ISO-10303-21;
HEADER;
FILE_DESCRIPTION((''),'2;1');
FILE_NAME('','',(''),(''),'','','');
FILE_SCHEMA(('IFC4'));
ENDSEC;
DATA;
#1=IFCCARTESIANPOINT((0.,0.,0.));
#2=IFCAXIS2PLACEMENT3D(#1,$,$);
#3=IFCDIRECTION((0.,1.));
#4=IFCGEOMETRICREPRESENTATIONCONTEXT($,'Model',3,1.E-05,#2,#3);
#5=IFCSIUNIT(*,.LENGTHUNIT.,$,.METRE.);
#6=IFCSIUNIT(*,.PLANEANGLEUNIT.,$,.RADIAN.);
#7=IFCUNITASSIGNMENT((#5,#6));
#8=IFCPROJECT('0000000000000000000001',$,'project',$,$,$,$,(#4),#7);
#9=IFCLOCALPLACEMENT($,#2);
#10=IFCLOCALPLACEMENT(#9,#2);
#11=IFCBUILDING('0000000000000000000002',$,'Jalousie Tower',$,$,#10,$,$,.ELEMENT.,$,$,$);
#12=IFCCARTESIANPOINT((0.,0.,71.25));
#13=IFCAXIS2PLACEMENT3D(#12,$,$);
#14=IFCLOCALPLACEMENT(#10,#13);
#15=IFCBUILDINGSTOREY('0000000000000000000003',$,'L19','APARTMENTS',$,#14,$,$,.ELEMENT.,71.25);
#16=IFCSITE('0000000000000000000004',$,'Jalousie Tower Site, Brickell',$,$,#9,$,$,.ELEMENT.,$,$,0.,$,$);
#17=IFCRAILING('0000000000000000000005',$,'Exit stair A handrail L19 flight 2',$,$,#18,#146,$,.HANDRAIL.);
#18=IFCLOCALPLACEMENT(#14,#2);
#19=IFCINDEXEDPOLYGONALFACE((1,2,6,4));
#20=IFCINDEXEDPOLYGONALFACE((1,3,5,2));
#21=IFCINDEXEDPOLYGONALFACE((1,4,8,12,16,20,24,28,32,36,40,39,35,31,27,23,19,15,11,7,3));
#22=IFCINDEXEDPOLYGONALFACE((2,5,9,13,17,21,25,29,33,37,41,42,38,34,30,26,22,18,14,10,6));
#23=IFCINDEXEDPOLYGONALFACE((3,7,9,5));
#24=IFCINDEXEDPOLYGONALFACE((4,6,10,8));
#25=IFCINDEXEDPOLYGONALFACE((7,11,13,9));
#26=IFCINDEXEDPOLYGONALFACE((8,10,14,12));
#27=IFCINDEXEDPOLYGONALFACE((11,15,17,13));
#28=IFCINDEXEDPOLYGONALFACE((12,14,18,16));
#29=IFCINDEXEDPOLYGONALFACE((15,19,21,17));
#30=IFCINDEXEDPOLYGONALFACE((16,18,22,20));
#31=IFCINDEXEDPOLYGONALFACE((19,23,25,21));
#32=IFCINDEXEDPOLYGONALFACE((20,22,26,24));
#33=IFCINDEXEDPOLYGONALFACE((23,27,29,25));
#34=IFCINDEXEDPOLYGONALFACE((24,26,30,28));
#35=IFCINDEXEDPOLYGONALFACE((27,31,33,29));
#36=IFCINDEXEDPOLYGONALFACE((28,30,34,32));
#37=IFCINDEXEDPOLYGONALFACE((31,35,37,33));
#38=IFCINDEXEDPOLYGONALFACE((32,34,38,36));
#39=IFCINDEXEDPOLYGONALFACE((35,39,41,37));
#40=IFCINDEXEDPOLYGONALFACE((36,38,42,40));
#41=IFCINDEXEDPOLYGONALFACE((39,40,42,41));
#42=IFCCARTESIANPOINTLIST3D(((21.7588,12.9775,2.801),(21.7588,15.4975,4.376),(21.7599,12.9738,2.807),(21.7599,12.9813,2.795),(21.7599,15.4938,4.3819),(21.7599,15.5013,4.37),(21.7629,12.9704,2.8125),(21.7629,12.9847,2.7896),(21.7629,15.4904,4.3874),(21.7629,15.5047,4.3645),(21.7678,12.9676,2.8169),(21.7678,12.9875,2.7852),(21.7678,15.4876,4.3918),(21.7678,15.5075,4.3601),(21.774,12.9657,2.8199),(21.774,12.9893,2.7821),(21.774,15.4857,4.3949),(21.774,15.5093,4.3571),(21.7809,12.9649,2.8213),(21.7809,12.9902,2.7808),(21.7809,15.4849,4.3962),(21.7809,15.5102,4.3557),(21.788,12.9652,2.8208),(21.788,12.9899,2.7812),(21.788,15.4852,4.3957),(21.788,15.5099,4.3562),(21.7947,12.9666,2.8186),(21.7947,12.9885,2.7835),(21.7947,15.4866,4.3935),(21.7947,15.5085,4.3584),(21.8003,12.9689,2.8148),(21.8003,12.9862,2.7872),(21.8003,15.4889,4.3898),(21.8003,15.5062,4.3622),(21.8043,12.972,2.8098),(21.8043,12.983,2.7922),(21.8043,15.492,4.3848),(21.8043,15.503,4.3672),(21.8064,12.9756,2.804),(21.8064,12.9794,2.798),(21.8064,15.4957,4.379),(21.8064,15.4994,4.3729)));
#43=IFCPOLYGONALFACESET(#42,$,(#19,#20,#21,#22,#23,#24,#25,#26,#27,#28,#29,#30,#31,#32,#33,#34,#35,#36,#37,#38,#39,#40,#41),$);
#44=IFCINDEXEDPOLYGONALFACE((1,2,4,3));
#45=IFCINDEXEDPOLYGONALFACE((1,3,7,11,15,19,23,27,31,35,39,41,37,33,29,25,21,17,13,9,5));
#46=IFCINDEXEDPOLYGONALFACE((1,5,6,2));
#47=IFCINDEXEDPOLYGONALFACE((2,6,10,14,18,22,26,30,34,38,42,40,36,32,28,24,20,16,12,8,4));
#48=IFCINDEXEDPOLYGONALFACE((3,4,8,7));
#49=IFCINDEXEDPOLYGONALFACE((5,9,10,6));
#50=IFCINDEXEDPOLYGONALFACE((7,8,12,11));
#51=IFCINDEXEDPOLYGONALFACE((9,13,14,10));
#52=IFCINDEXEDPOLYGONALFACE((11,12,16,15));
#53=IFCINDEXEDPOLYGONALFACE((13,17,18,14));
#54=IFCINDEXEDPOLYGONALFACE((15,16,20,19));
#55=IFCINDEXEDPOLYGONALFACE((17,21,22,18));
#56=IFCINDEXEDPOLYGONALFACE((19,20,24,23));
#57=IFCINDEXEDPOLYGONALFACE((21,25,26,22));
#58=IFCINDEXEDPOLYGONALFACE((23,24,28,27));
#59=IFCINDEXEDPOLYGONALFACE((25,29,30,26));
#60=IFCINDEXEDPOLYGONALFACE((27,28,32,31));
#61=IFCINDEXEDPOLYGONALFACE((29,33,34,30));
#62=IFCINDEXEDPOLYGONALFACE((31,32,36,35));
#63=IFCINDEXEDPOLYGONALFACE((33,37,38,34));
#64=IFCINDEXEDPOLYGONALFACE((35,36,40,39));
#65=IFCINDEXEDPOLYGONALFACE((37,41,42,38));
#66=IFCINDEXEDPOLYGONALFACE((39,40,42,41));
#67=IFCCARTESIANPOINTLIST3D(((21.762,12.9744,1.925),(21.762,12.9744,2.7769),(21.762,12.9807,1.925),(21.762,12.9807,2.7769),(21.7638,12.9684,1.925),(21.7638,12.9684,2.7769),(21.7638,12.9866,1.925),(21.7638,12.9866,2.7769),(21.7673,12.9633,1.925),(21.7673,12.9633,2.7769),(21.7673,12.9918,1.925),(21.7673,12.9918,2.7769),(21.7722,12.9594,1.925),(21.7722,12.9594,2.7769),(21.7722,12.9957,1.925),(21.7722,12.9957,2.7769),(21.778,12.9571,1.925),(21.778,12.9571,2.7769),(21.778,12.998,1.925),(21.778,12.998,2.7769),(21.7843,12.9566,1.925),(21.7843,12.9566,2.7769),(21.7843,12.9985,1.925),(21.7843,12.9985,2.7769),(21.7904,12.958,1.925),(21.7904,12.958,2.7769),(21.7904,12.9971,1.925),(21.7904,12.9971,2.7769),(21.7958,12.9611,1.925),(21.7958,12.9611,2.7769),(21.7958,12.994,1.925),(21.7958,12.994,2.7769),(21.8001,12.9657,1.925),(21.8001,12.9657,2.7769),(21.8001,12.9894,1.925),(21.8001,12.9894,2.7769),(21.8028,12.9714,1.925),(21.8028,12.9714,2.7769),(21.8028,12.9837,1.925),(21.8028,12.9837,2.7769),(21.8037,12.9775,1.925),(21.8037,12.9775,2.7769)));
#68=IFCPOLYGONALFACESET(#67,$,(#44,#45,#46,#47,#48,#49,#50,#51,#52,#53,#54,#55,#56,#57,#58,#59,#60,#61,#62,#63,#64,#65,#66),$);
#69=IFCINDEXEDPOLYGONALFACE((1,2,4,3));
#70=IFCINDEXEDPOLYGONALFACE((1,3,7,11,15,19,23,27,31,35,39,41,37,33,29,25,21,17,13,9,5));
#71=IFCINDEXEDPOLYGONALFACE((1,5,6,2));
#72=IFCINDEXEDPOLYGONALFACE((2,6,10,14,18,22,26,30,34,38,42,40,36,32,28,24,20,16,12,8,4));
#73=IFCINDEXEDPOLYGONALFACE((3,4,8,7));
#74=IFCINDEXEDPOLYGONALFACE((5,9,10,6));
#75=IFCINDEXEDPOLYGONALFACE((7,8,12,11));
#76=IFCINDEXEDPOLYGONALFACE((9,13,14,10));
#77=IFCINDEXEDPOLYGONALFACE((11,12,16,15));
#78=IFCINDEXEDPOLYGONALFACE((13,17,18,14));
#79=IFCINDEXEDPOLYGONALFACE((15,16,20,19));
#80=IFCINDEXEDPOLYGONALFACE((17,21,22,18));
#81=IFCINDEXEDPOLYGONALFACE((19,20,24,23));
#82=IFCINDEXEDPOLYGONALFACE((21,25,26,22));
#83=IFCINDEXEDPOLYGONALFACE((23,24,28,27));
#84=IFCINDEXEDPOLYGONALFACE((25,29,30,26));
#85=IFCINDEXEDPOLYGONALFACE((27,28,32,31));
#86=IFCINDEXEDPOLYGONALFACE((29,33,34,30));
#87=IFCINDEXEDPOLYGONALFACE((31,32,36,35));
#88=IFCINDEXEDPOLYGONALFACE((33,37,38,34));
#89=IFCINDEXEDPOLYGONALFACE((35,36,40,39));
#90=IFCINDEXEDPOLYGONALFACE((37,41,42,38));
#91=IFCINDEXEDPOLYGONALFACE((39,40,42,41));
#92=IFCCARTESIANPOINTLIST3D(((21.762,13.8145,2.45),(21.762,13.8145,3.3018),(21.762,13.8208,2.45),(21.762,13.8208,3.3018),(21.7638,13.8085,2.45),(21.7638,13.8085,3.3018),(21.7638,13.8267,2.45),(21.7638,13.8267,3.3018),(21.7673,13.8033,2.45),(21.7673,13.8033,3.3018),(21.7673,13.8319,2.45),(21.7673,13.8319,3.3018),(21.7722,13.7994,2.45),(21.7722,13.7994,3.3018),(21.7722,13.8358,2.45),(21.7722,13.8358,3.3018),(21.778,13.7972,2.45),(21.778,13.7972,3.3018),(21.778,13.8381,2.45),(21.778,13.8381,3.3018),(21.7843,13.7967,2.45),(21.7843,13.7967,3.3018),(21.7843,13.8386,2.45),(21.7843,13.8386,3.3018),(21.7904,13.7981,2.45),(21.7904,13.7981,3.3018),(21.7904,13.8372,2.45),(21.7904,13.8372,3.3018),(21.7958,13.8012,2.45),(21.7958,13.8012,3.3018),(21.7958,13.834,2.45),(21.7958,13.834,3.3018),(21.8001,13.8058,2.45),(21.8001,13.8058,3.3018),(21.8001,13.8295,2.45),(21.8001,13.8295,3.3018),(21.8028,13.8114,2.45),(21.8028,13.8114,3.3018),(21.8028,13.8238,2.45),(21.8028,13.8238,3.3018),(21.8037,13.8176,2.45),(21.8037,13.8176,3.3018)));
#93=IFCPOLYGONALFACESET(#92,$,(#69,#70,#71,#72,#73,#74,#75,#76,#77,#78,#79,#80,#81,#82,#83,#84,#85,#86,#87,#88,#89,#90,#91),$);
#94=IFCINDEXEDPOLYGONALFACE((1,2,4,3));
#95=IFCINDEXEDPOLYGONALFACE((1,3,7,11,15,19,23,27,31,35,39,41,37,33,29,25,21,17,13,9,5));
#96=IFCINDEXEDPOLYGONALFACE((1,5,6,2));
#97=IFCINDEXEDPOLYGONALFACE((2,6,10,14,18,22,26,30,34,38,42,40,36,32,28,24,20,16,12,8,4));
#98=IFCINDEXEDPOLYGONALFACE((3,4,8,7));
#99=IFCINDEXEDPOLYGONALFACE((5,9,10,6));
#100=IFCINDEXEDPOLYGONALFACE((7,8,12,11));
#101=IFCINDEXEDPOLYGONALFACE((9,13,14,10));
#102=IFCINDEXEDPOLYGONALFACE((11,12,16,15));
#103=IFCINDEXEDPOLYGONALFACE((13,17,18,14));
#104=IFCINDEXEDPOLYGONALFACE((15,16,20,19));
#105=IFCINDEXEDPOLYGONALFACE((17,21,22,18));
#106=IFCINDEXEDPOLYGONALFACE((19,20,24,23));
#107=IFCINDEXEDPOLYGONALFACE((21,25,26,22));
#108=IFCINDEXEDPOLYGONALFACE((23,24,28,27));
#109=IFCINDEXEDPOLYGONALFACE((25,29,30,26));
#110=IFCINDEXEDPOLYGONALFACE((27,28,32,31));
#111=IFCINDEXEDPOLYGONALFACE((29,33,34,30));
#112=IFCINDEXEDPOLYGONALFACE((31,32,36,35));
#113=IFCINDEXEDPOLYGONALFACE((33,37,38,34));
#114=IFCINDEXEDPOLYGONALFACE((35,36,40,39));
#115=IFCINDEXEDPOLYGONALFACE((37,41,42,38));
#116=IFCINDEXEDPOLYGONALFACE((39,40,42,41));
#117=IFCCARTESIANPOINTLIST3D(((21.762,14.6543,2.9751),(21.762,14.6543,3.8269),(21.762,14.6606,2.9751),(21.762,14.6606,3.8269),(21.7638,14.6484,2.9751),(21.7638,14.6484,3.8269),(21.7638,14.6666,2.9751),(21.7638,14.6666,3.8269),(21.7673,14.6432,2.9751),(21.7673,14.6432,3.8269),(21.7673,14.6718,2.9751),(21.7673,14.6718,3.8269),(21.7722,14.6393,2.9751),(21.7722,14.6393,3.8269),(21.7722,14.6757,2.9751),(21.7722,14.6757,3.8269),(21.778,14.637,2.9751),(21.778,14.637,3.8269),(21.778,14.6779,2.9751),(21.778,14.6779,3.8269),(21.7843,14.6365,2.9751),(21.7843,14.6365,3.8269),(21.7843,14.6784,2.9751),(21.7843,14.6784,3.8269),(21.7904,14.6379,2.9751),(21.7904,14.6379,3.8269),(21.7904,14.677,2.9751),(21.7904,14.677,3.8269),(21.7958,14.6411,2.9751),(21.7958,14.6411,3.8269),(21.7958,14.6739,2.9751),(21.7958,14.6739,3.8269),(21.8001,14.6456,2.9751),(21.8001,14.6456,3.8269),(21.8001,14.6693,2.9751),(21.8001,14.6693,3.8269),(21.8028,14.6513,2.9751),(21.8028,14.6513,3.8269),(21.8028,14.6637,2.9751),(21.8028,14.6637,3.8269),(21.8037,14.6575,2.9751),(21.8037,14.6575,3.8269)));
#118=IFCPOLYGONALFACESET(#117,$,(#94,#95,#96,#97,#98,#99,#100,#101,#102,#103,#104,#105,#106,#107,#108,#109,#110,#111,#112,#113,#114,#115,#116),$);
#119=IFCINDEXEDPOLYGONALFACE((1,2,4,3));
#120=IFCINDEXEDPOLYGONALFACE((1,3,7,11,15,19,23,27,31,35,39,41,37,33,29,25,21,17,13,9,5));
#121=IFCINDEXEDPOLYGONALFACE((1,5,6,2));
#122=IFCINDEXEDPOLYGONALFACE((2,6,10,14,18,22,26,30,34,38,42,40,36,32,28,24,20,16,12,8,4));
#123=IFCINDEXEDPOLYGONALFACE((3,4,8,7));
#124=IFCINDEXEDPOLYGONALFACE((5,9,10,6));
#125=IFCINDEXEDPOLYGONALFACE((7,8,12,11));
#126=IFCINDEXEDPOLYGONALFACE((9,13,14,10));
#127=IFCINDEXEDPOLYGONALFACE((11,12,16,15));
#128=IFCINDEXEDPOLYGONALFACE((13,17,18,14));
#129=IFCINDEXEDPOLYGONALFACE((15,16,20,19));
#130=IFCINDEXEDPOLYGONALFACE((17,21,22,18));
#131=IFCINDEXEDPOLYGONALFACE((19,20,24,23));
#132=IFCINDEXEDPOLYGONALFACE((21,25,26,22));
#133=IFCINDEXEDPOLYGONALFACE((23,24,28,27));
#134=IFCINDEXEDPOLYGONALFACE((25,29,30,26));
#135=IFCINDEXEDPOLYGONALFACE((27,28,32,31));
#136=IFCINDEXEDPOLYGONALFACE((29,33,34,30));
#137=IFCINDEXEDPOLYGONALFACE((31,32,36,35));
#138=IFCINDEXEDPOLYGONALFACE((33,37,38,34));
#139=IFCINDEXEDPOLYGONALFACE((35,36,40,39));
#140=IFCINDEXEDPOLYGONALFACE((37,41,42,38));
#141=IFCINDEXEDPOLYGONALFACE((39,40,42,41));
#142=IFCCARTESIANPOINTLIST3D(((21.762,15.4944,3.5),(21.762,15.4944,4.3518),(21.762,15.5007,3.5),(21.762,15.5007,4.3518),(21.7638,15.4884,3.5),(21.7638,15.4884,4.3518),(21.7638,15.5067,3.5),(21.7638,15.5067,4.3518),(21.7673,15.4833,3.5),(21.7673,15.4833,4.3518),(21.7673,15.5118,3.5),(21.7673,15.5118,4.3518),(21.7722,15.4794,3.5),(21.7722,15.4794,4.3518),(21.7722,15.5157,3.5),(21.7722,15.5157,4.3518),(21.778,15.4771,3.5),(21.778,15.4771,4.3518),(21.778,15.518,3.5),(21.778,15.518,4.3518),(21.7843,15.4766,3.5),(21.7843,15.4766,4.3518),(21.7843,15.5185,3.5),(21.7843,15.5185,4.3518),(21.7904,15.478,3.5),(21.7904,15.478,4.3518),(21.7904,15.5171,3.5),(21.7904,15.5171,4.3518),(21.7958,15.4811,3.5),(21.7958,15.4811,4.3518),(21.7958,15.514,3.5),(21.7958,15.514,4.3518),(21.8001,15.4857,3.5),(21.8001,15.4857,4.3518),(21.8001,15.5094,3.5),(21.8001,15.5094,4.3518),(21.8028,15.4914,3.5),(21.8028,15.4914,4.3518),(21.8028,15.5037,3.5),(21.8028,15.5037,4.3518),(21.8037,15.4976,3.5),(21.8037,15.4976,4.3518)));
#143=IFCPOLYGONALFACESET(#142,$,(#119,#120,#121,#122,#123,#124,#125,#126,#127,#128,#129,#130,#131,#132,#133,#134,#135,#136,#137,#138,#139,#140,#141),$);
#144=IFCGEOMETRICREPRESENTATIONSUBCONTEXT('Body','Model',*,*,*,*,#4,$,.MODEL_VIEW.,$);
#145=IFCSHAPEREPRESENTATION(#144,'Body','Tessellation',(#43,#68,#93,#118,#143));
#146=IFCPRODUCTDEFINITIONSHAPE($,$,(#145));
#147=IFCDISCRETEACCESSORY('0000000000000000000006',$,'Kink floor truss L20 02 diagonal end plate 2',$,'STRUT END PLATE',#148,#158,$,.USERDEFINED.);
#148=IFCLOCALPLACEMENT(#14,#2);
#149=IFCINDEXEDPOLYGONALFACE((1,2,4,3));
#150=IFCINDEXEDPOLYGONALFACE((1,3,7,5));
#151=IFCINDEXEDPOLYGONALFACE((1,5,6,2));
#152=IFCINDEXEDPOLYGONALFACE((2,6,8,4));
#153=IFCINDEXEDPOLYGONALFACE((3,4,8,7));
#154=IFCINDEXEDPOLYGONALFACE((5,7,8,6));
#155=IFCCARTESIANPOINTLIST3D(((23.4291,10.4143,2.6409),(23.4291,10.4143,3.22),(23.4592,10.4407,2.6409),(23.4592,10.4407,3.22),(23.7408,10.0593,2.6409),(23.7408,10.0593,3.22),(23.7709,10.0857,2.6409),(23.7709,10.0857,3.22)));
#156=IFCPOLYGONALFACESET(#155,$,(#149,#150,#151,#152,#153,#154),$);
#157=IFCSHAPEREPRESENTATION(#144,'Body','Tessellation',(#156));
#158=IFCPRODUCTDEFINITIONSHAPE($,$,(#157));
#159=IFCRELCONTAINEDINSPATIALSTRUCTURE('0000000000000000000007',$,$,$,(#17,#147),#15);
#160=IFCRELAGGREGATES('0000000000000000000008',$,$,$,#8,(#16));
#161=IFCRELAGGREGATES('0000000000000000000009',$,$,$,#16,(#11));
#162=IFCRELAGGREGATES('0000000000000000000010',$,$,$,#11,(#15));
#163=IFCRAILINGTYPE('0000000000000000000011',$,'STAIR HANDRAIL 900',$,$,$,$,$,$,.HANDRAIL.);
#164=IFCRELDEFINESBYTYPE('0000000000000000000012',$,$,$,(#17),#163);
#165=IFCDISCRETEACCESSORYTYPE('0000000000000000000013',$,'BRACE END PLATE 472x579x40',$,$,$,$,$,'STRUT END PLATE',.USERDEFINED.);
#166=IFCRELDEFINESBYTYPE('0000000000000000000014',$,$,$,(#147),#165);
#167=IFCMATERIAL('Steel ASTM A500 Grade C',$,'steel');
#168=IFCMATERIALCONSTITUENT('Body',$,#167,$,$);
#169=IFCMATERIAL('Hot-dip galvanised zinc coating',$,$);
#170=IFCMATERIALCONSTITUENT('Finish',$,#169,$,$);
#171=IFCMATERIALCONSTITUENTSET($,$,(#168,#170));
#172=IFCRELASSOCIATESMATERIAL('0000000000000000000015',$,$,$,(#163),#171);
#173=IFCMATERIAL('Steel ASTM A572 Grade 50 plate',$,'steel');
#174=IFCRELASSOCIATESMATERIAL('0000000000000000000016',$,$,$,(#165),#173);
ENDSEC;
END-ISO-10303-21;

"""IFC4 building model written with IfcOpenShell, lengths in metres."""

from ifc_helpers import new_model, si_unit, direction, frame, origin, origin_2d, place, context, subcontext, project, spatial, rectangle, circle, extrude, material, constituent, constituent_set, material_profile, profile_set, type_object, element, save


model = new_model("IFC4")

# Units and contexts
model_context = context("Model", 3, precision=1e-05, world=origin(), true_north=direction((0.0, 1.0)))
body_context = subcontext(model_context, "Body", "Model", "MODEL_VIEW")
ifc_project = project(units=[si_unit("LENGTHUNIT", "METRE"), si_unit("PLANEANGLEUNIT", "RADIAN")], contexts=[model_context])

# Site, building, storey
site_placement = place(None, origin())
site = spatial("IfcSite", under=ifc_project, at=site_placement, Name="Jalousie Tower Site, Brickell", CompositionType="ELEMENT", RefElevation=0.0)
building_placement = place(site_placement, origin())
building = spatial("IfcBuilding", under=site, at=building_placement, Name="Jalousie Tower", CompositionType="ELEMENT")
storey_placement = place(building_placement, frame((0.0, 0.0, 71.25)))
storey = spatial("IfcBuildingStorey", under=building, at=storey_placement, Name="L19", Description="APARTMENTS", CompositionType="ELEMENT", Elevation=71.25)

# Railing
ifc_material_1 = material(Name="Steel ASTM A500 Grade C", Category="steel")
ifc_constituent_1 = constituent(ifc_material_1, Name="Body")
ifc_material_2 = material(Name="Hot-dip galvanised zinc coating")
ifc_constituent_2 = constituent(ifc_material_2, Name="Finish")
ifc_constituent_set_1 = constituent_set(constituents=[ifc_constituent_1, ifc_constituent_2])
railing_type_1 = type_object("IfcRailingType", Name="STAIR HANDRAIL 900", PredefinedType="HANDRAIL", material=ifc_constituent_set_1)
railing_1_placement = place(storey_placement, frame((21.7827, 12.9775, 1.925)))
element("IfcRailing", 1, at=railing_1_placement, inside=storey, type_object=railing_type_1, Name="Exit stair A handrail L19 flight 2", PredefinedType="HANDRAIL", context=body_context, shape_type="SweptSolid", body=[
    extrude(circle(Radius=0.0239, at=origin_2d()), frame((0.0, 0.0, 0.876), z_axis=(0.0, 0.848008, 0.529984), x_axis=(-1.0, 0.0, 0.0)), (0.0, 0.0, 1.0), 2.9717),
    extrude(circle(Radius=0.021, at=origin_2d()), origin(), (0.0, 0.0, 1.0), 0.8518),
    extrude(circle(Radius=0.021, at=origin_2d()), frame((0.0, 0.8401, 0.5249)), (0.0, 0.0, 1.0), 0.8518),
    extrude(circle(Radius=0.021, at=origin_2d()), frame((0.0, 1.6799, 1.05)), (0.0, 0.0, 1.0), 0.8518),
    extrude(circle(Radius=0.021, at=origin_2d()), frame((0.0, 2.52, 1.575)), (0.0, 0.0, 1.0), 0.8518),
])

# Discrete accessory
ifc_material_3 = material(Name="Steel ASTM A572 Grade 50 plate", Category="steel")
ifc_material_profile_1 = material_profile(ifc_material_3, rectangle(XDim=0.4724, YDim=0.5791, at=origin_2d()), Name="BRACE END PLATE 472x579x40")
ifc_profile_set_1 = profile_set([ifc_material_profile_1], Name="Steel ASTM A572 Grade 50 plate")
discrete_accessory_type = type_object("IfcDiscreteAccessoryType", Name="BRACE END PLATE 472x579x40", ElementType="STRUT END PLATE", PredefinedType="USERDEFINED", material=ifc_profile_set_1)
discrete_accessory_placement = place(storey_placement, frame((23.585, 10.2368, 2.9304), z_axis=(0.75144, 0.659801, 0.0), x_axis=(-0.659801, 0.75144, 0.0)))
element("IfcDiscreteAccessory", 2, at=discrete_accessory_placement, inside=storey, type_object=discrete_accessory_type, Name="Kink floor truss L20 02 diagonal end plate 2", ObjectType="STRUT END PLATE", PredefinedType="USERDEFINED", context=body_context, shape_type="SweptSolid", body=[
    extrude(rectangle(XDim=0.4724, YDim=0.5791, at=origin_2d()), origin(), (0.0, 0.0, 1.0), 0.04),
])

save(model, "model.ifc")
